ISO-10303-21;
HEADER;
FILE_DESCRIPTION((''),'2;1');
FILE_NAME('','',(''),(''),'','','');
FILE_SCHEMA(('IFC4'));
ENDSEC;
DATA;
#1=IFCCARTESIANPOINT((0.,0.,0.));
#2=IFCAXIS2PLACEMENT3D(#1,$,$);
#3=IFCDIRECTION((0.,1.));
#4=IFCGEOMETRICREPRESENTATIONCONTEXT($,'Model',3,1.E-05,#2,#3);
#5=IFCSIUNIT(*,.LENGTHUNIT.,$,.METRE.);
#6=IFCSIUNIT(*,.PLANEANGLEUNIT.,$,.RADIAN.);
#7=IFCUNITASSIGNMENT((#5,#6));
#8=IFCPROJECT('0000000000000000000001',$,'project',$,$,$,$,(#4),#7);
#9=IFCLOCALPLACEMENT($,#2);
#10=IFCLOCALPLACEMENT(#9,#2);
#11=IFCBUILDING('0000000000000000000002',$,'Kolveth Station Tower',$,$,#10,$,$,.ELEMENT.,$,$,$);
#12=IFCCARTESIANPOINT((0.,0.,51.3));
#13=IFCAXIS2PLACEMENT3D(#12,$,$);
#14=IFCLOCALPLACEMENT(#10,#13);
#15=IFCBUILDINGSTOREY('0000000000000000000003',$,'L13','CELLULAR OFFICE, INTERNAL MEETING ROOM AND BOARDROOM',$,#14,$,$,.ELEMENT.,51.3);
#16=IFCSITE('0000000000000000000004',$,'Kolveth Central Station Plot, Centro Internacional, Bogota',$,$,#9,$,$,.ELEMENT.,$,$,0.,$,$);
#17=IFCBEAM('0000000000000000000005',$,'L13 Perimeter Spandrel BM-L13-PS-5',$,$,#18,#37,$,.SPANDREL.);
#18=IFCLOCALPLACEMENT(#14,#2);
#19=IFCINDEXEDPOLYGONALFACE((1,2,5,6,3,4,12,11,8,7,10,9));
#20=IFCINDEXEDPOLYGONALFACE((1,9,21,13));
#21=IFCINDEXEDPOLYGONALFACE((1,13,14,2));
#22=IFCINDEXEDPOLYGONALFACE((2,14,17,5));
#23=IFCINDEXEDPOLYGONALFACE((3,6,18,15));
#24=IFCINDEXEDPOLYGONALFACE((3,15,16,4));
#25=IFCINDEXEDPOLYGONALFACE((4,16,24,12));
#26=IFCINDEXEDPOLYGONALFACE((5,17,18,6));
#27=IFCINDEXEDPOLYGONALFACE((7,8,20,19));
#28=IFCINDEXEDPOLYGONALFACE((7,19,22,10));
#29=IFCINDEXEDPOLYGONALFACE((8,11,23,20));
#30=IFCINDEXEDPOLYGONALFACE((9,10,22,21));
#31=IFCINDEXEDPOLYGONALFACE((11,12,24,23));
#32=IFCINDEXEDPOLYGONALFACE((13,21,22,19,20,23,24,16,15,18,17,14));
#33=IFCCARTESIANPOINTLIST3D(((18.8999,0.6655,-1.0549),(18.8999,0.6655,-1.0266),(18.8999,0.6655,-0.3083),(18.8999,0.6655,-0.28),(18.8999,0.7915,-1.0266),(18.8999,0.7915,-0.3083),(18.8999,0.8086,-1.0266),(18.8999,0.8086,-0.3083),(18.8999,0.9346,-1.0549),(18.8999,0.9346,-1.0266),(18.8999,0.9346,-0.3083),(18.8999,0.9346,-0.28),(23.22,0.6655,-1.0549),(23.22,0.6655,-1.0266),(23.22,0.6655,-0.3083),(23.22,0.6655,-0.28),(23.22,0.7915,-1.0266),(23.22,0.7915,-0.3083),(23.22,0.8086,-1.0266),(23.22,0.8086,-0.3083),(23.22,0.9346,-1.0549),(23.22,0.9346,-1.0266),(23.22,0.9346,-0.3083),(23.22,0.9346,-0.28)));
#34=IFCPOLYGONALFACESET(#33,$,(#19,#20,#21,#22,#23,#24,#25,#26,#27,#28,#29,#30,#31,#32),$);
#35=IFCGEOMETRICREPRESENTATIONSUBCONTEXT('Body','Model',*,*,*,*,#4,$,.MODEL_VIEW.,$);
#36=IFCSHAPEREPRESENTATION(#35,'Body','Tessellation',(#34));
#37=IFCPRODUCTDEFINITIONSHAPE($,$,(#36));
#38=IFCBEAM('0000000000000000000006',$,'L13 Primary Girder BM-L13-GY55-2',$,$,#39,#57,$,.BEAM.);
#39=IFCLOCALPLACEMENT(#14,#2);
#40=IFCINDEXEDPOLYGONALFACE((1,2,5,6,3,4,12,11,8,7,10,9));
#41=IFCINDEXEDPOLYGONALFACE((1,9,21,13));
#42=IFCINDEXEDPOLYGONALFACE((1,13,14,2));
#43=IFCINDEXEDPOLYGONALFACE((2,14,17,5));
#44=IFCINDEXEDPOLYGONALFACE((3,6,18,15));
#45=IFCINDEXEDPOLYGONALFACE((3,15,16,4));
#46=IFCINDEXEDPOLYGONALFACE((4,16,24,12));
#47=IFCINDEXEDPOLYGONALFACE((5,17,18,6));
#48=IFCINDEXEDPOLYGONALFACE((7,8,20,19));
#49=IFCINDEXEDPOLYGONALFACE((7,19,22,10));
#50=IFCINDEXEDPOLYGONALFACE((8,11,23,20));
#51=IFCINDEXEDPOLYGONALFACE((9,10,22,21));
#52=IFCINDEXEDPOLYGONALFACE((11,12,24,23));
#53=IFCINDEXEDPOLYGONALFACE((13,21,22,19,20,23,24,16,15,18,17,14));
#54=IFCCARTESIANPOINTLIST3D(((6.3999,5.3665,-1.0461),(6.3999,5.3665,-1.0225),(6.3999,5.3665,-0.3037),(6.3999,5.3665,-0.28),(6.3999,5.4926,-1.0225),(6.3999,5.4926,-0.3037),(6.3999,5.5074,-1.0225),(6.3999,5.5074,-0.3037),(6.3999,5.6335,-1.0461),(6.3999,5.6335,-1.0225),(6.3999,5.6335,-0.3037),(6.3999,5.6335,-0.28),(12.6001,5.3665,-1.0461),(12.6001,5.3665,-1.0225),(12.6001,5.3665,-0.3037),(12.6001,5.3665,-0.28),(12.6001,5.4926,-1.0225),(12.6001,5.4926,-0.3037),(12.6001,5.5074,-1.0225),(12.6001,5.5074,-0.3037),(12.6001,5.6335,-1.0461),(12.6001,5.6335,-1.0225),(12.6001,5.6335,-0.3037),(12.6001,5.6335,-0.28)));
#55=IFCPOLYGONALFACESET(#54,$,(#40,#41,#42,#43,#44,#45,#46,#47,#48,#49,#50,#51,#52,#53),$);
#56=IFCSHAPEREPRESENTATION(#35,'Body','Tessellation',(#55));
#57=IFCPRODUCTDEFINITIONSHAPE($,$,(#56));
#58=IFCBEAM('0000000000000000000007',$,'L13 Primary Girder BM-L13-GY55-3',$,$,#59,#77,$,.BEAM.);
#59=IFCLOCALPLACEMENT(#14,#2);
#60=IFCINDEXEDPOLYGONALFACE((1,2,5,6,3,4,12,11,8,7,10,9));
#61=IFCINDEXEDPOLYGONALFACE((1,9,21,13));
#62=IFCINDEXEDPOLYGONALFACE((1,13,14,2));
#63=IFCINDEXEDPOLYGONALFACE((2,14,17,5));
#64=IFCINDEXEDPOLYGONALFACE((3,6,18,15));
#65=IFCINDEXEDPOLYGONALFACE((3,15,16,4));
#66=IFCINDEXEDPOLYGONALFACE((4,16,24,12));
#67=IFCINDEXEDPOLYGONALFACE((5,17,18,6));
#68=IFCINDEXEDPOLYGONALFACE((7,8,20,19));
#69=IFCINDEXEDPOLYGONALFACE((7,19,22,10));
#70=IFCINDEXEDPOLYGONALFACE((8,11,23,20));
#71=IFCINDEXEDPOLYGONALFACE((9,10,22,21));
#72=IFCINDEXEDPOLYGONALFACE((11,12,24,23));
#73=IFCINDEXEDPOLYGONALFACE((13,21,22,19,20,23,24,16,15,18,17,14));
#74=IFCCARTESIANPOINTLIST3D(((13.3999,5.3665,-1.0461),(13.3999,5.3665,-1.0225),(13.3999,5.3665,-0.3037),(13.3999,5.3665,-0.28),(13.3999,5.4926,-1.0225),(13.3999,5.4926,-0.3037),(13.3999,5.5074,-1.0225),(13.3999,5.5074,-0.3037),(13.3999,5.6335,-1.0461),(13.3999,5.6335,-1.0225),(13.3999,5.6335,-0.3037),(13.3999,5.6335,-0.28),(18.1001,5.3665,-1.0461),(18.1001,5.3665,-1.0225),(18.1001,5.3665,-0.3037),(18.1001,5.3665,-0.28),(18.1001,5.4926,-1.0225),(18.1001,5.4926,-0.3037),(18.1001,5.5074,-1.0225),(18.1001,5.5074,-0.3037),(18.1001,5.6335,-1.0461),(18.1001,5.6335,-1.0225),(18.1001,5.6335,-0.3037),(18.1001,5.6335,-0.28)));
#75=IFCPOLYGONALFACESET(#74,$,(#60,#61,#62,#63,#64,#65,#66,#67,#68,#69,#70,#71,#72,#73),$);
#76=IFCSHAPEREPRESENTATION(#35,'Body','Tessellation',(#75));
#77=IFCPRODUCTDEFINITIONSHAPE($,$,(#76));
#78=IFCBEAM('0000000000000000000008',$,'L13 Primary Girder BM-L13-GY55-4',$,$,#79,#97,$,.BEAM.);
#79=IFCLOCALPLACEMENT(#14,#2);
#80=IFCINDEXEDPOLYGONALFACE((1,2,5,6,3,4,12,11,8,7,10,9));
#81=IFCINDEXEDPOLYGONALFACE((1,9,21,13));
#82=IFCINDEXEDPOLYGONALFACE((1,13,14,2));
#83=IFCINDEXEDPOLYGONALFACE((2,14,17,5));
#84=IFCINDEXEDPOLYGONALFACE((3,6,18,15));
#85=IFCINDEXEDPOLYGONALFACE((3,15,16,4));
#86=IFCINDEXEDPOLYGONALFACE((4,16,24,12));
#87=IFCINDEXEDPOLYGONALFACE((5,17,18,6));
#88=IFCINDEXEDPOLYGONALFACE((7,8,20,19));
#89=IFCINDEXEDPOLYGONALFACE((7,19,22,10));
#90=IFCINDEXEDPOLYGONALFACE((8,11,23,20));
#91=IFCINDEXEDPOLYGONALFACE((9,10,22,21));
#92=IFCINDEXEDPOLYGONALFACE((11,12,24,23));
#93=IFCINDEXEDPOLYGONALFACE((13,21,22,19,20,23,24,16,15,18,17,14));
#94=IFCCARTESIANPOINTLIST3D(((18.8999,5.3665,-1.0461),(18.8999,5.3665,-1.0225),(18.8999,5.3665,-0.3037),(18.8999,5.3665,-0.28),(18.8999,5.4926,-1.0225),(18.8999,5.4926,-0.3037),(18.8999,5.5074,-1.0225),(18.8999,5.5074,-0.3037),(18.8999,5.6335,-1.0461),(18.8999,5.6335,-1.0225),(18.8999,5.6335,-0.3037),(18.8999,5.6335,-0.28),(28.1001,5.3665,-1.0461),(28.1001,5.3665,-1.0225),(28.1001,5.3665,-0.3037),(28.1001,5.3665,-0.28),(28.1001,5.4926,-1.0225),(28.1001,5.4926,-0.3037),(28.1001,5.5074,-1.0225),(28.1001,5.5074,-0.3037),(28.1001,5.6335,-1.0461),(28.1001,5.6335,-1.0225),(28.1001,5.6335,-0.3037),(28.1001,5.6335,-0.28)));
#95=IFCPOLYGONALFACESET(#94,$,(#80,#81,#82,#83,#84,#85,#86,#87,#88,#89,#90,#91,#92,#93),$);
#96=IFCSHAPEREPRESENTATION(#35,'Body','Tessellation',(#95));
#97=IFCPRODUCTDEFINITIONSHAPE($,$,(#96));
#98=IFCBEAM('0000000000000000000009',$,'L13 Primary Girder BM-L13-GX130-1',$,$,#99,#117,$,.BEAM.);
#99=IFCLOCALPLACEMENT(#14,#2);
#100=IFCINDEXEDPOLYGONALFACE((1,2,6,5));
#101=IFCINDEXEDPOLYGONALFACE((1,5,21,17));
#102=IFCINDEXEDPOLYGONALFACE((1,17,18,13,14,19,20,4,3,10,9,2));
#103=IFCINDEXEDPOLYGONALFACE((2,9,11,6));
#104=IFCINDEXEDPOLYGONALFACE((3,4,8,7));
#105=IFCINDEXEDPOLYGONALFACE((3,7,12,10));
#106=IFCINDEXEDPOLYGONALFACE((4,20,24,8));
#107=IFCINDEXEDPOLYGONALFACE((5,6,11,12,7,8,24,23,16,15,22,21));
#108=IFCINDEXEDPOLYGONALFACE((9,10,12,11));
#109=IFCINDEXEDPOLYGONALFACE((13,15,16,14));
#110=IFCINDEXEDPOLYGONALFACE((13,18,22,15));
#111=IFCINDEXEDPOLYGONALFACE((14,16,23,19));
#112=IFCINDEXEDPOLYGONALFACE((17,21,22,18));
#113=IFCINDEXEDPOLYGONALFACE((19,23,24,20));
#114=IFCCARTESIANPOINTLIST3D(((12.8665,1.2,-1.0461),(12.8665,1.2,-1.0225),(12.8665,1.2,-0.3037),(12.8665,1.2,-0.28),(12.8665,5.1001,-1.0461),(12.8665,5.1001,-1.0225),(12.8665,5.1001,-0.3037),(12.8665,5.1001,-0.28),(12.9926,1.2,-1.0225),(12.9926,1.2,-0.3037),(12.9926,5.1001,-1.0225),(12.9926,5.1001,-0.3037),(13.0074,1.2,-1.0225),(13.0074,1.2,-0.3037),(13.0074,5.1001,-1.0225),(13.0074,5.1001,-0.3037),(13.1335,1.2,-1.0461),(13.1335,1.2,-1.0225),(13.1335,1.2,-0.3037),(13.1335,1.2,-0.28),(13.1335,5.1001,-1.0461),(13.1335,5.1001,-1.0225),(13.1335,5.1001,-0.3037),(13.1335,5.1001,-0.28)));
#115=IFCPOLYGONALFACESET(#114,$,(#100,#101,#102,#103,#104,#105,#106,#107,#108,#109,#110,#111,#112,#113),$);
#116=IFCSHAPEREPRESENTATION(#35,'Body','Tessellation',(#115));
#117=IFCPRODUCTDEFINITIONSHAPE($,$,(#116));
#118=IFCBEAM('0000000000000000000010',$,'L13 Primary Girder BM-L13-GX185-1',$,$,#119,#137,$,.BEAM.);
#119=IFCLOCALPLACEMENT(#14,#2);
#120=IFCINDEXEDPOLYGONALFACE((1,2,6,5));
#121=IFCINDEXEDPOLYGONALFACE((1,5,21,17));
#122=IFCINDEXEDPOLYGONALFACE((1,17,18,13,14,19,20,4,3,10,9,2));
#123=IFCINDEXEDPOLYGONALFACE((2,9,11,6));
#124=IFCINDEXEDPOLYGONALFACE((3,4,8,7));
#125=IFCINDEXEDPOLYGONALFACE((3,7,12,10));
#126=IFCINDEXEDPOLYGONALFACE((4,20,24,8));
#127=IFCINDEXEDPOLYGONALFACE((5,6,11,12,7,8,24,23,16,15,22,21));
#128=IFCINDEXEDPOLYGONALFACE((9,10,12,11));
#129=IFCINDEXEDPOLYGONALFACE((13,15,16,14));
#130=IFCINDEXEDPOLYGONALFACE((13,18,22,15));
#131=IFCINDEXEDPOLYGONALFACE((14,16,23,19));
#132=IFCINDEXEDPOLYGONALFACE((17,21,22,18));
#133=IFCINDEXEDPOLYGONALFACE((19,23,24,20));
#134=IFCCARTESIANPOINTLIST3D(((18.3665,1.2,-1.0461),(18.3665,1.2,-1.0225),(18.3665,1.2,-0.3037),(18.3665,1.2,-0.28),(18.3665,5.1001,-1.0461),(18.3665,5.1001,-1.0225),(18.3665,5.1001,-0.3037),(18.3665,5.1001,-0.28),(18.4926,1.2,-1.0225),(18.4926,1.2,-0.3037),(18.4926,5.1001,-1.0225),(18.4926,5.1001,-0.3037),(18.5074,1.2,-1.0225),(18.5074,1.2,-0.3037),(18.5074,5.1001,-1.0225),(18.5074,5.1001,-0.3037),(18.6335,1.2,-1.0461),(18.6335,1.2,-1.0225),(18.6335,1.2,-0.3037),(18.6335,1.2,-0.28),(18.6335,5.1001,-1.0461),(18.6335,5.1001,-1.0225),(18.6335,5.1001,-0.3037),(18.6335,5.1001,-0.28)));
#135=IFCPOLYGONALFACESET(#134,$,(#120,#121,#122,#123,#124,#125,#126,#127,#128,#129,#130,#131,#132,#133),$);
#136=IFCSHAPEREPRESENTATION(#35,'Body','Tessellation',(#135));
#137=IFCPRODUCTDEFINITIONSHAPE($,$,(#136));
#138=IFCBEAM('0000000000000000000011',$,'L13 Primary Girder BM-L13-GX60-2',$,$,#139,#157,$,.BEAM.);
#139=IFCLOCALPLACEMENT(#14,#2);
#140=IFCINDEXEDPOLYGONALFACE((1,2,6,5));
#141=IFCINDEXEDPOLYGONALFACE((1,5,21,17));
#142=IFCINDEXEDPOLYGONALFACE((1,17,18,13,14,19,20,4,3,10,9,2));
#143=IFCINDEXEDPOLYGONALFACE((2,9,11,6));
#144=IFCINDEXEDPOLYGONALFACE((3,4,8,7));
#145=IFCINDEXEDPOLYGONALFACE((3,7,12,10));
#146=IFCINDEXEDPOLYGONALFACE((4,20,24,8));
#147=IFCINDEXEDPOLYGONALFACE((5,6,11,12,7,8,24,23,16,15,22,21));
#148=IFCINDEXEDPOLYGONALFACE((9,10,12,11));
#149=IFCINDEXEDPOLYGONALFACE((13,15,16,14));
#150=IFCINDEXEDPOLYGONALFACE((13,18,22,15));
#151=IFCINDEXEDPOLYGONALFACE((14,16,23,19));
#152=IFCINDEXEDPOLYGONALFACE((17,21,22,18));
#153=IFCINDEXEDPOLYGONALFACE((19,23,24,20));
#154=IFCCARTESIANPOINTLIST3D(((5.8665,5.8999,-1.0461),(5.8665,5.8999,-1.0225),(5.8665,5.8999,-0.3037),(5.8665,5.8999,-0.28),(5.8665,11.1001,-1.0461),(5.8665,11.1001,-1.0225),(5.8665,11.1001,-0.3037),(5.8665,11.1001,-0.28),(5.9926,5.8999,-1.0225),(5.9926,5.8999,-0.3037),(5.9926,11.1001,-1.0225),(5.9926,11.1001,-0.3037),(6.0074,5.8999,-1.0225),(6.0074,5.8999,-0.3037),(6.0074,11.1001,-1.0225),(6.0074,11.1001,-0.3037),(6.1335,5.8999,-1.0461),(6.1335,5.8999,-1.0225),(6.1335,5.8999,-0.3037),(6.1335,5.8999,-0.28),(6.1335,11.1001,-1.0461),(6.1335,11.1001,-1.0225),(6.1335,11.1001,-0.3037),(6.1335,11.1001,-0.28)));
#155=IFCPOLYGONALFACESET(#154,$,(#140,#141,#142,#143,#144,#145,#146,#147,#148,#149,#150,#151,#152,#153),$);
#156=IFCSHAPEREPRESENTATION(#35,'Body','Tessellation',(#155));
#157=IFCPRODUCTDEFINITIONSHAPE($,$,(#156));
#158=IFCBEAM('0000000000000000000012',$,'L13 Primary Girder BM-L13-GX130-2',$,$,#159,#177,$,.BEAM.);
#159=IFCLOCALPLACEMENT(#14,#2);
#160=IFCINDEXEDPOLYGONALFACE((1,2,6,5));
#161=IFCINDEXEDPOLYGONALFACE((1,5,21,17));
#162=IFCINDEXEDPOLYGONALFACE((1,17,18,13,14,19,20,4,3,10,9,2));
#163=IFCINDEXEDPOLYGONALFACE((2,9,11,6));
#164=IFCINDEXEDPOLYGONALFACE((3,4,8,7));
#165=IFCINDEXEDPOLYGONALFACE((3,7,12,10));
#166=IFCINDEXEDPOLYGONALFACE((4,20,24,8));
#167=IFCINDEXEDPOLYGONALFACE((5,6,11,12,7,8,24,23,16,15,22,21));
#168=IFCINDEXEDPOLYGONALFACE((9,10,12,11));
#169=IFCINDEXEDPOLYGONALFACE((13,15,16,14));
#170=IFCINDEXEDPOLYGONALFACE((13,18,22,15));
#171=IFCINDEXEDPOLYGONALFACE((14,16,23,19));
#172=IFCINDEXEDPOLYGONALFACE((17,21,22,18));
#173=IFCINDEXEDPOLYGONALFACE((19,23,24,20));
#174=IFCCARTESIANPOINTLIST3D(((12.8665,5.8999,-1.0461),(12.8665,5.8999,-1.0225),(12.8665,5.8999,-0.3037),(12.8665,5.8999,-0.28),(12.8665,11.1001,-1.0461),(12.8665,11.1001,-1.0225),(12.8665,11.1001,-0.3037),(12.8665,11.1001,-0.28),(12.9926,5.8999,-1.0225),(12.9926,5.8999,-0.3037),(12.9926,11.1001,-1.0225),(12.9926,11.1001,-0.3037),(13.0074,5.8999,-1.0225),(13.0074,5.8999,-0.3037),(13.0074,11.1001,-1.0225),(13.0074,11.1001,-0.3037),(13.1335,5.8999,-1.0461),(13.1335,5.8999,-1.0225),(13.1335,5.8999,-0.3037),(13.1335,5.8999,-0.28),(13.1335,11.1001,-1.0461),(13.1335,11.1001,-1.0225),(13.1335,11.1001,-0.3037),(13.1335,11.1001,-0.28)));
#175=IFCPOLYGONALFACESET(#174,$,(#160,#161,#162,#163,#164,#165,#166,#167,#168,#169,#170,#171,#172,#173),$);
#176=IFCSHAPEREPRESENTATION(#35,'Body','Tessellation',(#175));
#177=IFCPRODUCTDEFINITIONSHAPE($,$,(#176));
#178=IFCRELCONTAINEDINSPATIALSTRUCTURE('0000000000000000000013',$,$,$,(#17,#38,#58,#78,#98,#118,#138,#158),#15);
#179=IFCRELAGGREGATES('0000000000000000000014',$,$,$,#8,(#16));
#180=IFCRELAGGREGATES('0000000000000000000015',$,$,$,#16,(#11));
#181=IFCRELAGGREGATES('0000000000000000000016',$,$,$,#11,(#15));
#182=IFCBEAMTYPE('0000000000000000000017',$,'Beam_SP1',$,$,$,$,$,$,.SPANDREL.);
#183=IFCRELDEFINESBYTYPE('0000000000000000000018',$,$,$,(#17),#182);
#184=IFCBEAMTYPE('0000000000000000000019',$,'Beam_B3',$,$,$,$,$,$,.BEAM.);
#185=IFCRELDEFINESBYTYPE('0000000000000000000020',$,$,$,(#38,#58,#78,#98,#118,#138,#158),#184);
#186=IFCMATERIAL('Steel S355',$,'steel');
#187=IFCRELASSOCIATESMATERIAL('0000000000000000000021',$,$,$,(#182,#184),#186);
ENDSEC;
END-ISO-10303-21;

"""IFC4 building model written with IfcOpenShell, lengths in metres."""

from ifc_helpers import new_model, si_unit, direction, frame, origin, origin_2d, place, context, subcontext, project, spatial, i_section, extrude, source, transform, mapped, material, material_profile, profile_set, type_object, element, save


model = new_model("IFC4")

# Units and contexts
model_context = context("Model", 3, precision=1e-05, world=origin(), true_north=direction((0.0, 1.0)))
body_context = subcontext(model_context, "Body", "Model", "MODEL_VIEW")
ifc_project = project(units=[si_unit("LENGTHUNIT", "METRE"), si_unit("PLANEANGLEUNIT", "RADIAN")], contexts=[model_context])

# Site, building, storey
site_placement = place(None, origin())
site = spatial("IfcSite", under=ifc_project, at=site_placement, Name="Kolveth Central Station Plot, Centro Internacional, Bogota", CompositionType="ELEMENT", RefElevation=0.0)
building_placement = place(site_placement, origin())
building = spatial("IfcBuilding", under=site, at=building_placement, Name="Kolveth Station Tower", CompositionType="ELEMENT")
storey_placement = place(building_placement, frame((0.0, 0.0, 51.3)))
storey = spatial("IfcBuildingStorey", under=building, at=storey_placement, Name="L13", Description="CELLULAR OFFICE, INTERNAL MEETING ROOM AND BOARDROOM", CompositionType="ELEMENT", Elevation=51.3)

# Shared definitions
ifc_material_1 = material(Name="Steel S355", Category="steel")

# Beams
ifc_material_profile_1 = material_profile(ifc_material_1, i_section(OverallWidth=0.269, OverallDepth=0.7749, WebThickness=0.0171, FlangeThickness=0.0283, at=origin_2d()), Name="W760x220")
ifc_profile_set_1 = profile_set([ifc_material_profile_1], Name="Steel S355")
beam_type_1 = type_object("IfcBeamType", Name="Beam_SP1", PredefinedType="SPANDREL", material=ifc_profile_set_1)
shared_shape_1 = source(origin(), body_context, "Body", "SweptSolid", [
    extrude(i_section(OverallWidth=0.269, OverallDepth=0.7749, WebThickness=0.0171, FlangeThickness=0.0283, at=origin_2d()), origin(), (0.0, 0.0, 1.0), 4.3201),
])
beam_1_placement = place(storey_placement, frame((18.8999, 0.8, -0.6675), z_axis=(1.0, 0.0, 0.0), x_axis=(0.0, 1.0, 0.0)))
element("IfcBeam", 1, at=beam_1_placement, inside=storey, type_object=beam_type_1, Name="L13 Perimeter Spandrel BM-L13-PS-5", PredefinedType="SPANDREL", context=body_context, shape_type="MappedRepresentation", body=[
    mapped(shared_shape_1, transform((0.0, 0.0, 0.0), x_axis=(1.0, 0.0, 0.0), y_axis=(0.0, 1.0, 0.0), z_axis=(0.0, 0.0, 1.0), scale=1.0)),
])
ifc_material_profile_2 = material_profile(ifc_material_1, i_section(OverallWidth=0.2671, OverallDepth=0.7661, WebThickness=0.0149, FlangeThickness=0.0237, at=origin_2d()), Name="W760x185")
ifc_profile_set_2 = profile_set([ifc_material_profile_2], Name="Steel S355")
beam_type_2 = type_object("IfcBeamType", Name="Beam_B3", PredefinedType="BEAM", material=ifc_profile_set_2)
shared_shape_2 = source(origin(), body_context, "Body", "SweptSolid", [
    extrude(i_section(OverallWidth=0.2671, OverallDepth=0.7661, WebThickness=0.0149, FlangeThickness=0.0237, at=origin_2d()), origin(), (0.0, 0.0, 1.0), 6.2002),
])
beam_2_placement = place(storey_placement, frame((6.3999, 5.5, -0.6631), z_axis=(1.0, 0.0, 0.0), x_axis=(0.0, 1.0, 0.0)))
element("IfcBeam", 2, at=beam_2_placement, inside=storey, type_object=beam_type_2, Name="L13 Primary Girder BM-L13-GY55-2", PredefinedType="BEAM", context=body_context, shape_type="MappedRepresentation", body=[
    mapped(shared_shape_2, transform((0.0, 0.0, 0.0), x_axis=(1.0, 0.0, 0.0), y_axis=(0.0, 1.0, 0.0), z_axis=(0.0, 0.0, 1.0), scale=1.0)),
])
shared_shape_3 = source(origin(), body_context, "Body", "SweptSolid", [
    extrude(i_section(OverallWidth=0.2671, OverallDepth=0.7661, WebThickness=0.0149, FlangeThickness=0.0237, at=origin_2d()), origin(), (0.0, 0.0, 1.0), 4.7002),
])
beam_3_placement = place(storey_placement, frame((13.3999, 5.5, -0.6631), z_axis=(1.0, 0.0, 0.0), x_axis=(0.0, 1.0, 0.0)))
element("IfcBeam", 3, at=beam_3_placement, inside=storey, type_object=beam_type_2, Name="L13 Primary Girder BM-L13-GY55-3", PredefinedType="BEAM", context=body_context, shape_type="MappedRepresentation", body=[
    mapped(shared_shape_3, transform((0.0, 0.0, 0.0), x_axis=(1.0, 0.0, 0.0), y_axis=(0.0, 1.0, 0.0), z_axis=(0.0, 0.0, 1.0), scale=1.0)),
])
shared_shape_4 = source(origin(), body_context, "Body", "SweptSolid", [
    extrude(i_section(OverallWidth=0.2671, OverallDepth=0.7661, WebThickness=0.0149, FlangeThickness=0.0237, at=origin_2d()), origin(), (0.0, 0.0, 1.0), 9.2002),
])
beam_4_placement = place(storey_placement, frame((18.8999, 5.5, -0.6631), z_axis=(1.0, 0.0, 0.0), x_axis=(0.0, 1.0, 0.0)))
element("IfcBeam", 4, at=beam_4_placement, inside=storey, type_object=beam_type_2, Name="L13 Primary Girder BM-L13-GY55-4", PredefinedType="BEAM", context=body_context, shape_type="MappedRepresentation", body=[
    mapped(shared_shape_4, transform((0.0, 0.0, 0.0), x_axis=(1.0, 0.0, 0.0), y_axis=(0.0, 1.0, 0.0), z_axis=(0.0, 0.0, 1.0), scale=1.0)),
])
shared_shape_5 = source(origin(), body_context, "Body", "SweptSolid", [
    extrude(i_section(OverallWidth=0.2671, OverallDepth=0.7661, WebThickness=0.0149, FlangeThickness=0.0237, at=origin_2d()), origin(), (0.0, 0.0, 1.0), 3.9001),
])
for number, where, z_axis, x_axis, name in (
    (5, (13.0, 1.2, -0.6631), (0.0, 1.0, 0.0), (-1.0, 0.0, 0.0), "L13 Primary Girder BM-L13-GX130-1"),
    (6, (18.5, 1.2, -0.6631), (0.0, 1.0, 0.0), (-1.0, 0.0, 0.0), "L13 Primary Girder BM-L13-GX185-1"),
):
    element("IfcBeam", number, at=place(storey_placement, frame(where, z_axis=z_axis, x_axis=x_axis)), inside=storey, type_object=beam_type_2, Name=name, PredefinedType="BEAM", context=body_context, shape_type="MappedRepresentation", body=[
        mapped(shared_shape_5, transform((0.0, 0.0, 0.0), x_axis=(1.0, 0.0, 0.0), y_axis=(0.0, 1.0, 0.0), z_axis=(0.0, 0.0, 1.0), scale=1.0)),
    ])
shared_shape_6 = source(origin(), body_context, "Body", "SweptSolid", [
    extrude(i_section(OverallWidth=0.2671, OverallDepth=0.7661, WebThickness=0.0149, FlangeThickness=0.0237, at=origin_2d()), origin(), (0.0, 0.0, 1.0), 5.2002),
])
for number, where, z_axis, x_axis, name in (
    (7, (6.0, 5.8999, -0.6631), (0.0, 1.0, 0.0), (-1.0, 0.0, 0.0), "L13 Primary Girder BM-L13-GX60-2"),
    (8, (13.0, 5.8999, -0.6631), (0.0, 1.0, 0.0), (-1.0, 0.0, 0.0), "L13 Primary Girder BM-L13-GX130-2"),
):
    element("IfcBeam", number, at=place(storey_placement, frame(where, z_axis=z_axis, x_axis=x_axis)), inside=storey, type_object=beam_type_2, Name=name, PredefinedType="BEAM", context=body_context, shape_type="MappedRepresentation", body=[
        mapped(shared_shape_6, transform((0.0, 0.0, 0.0), x_axis=(1.0, 0.0, 0.0), y_axis=(0.0, 1.0, 0.0), z_axis=(0.0, 0.0, 1.0), scale=1.0)),
    ])

save(model, "model.ifc")
